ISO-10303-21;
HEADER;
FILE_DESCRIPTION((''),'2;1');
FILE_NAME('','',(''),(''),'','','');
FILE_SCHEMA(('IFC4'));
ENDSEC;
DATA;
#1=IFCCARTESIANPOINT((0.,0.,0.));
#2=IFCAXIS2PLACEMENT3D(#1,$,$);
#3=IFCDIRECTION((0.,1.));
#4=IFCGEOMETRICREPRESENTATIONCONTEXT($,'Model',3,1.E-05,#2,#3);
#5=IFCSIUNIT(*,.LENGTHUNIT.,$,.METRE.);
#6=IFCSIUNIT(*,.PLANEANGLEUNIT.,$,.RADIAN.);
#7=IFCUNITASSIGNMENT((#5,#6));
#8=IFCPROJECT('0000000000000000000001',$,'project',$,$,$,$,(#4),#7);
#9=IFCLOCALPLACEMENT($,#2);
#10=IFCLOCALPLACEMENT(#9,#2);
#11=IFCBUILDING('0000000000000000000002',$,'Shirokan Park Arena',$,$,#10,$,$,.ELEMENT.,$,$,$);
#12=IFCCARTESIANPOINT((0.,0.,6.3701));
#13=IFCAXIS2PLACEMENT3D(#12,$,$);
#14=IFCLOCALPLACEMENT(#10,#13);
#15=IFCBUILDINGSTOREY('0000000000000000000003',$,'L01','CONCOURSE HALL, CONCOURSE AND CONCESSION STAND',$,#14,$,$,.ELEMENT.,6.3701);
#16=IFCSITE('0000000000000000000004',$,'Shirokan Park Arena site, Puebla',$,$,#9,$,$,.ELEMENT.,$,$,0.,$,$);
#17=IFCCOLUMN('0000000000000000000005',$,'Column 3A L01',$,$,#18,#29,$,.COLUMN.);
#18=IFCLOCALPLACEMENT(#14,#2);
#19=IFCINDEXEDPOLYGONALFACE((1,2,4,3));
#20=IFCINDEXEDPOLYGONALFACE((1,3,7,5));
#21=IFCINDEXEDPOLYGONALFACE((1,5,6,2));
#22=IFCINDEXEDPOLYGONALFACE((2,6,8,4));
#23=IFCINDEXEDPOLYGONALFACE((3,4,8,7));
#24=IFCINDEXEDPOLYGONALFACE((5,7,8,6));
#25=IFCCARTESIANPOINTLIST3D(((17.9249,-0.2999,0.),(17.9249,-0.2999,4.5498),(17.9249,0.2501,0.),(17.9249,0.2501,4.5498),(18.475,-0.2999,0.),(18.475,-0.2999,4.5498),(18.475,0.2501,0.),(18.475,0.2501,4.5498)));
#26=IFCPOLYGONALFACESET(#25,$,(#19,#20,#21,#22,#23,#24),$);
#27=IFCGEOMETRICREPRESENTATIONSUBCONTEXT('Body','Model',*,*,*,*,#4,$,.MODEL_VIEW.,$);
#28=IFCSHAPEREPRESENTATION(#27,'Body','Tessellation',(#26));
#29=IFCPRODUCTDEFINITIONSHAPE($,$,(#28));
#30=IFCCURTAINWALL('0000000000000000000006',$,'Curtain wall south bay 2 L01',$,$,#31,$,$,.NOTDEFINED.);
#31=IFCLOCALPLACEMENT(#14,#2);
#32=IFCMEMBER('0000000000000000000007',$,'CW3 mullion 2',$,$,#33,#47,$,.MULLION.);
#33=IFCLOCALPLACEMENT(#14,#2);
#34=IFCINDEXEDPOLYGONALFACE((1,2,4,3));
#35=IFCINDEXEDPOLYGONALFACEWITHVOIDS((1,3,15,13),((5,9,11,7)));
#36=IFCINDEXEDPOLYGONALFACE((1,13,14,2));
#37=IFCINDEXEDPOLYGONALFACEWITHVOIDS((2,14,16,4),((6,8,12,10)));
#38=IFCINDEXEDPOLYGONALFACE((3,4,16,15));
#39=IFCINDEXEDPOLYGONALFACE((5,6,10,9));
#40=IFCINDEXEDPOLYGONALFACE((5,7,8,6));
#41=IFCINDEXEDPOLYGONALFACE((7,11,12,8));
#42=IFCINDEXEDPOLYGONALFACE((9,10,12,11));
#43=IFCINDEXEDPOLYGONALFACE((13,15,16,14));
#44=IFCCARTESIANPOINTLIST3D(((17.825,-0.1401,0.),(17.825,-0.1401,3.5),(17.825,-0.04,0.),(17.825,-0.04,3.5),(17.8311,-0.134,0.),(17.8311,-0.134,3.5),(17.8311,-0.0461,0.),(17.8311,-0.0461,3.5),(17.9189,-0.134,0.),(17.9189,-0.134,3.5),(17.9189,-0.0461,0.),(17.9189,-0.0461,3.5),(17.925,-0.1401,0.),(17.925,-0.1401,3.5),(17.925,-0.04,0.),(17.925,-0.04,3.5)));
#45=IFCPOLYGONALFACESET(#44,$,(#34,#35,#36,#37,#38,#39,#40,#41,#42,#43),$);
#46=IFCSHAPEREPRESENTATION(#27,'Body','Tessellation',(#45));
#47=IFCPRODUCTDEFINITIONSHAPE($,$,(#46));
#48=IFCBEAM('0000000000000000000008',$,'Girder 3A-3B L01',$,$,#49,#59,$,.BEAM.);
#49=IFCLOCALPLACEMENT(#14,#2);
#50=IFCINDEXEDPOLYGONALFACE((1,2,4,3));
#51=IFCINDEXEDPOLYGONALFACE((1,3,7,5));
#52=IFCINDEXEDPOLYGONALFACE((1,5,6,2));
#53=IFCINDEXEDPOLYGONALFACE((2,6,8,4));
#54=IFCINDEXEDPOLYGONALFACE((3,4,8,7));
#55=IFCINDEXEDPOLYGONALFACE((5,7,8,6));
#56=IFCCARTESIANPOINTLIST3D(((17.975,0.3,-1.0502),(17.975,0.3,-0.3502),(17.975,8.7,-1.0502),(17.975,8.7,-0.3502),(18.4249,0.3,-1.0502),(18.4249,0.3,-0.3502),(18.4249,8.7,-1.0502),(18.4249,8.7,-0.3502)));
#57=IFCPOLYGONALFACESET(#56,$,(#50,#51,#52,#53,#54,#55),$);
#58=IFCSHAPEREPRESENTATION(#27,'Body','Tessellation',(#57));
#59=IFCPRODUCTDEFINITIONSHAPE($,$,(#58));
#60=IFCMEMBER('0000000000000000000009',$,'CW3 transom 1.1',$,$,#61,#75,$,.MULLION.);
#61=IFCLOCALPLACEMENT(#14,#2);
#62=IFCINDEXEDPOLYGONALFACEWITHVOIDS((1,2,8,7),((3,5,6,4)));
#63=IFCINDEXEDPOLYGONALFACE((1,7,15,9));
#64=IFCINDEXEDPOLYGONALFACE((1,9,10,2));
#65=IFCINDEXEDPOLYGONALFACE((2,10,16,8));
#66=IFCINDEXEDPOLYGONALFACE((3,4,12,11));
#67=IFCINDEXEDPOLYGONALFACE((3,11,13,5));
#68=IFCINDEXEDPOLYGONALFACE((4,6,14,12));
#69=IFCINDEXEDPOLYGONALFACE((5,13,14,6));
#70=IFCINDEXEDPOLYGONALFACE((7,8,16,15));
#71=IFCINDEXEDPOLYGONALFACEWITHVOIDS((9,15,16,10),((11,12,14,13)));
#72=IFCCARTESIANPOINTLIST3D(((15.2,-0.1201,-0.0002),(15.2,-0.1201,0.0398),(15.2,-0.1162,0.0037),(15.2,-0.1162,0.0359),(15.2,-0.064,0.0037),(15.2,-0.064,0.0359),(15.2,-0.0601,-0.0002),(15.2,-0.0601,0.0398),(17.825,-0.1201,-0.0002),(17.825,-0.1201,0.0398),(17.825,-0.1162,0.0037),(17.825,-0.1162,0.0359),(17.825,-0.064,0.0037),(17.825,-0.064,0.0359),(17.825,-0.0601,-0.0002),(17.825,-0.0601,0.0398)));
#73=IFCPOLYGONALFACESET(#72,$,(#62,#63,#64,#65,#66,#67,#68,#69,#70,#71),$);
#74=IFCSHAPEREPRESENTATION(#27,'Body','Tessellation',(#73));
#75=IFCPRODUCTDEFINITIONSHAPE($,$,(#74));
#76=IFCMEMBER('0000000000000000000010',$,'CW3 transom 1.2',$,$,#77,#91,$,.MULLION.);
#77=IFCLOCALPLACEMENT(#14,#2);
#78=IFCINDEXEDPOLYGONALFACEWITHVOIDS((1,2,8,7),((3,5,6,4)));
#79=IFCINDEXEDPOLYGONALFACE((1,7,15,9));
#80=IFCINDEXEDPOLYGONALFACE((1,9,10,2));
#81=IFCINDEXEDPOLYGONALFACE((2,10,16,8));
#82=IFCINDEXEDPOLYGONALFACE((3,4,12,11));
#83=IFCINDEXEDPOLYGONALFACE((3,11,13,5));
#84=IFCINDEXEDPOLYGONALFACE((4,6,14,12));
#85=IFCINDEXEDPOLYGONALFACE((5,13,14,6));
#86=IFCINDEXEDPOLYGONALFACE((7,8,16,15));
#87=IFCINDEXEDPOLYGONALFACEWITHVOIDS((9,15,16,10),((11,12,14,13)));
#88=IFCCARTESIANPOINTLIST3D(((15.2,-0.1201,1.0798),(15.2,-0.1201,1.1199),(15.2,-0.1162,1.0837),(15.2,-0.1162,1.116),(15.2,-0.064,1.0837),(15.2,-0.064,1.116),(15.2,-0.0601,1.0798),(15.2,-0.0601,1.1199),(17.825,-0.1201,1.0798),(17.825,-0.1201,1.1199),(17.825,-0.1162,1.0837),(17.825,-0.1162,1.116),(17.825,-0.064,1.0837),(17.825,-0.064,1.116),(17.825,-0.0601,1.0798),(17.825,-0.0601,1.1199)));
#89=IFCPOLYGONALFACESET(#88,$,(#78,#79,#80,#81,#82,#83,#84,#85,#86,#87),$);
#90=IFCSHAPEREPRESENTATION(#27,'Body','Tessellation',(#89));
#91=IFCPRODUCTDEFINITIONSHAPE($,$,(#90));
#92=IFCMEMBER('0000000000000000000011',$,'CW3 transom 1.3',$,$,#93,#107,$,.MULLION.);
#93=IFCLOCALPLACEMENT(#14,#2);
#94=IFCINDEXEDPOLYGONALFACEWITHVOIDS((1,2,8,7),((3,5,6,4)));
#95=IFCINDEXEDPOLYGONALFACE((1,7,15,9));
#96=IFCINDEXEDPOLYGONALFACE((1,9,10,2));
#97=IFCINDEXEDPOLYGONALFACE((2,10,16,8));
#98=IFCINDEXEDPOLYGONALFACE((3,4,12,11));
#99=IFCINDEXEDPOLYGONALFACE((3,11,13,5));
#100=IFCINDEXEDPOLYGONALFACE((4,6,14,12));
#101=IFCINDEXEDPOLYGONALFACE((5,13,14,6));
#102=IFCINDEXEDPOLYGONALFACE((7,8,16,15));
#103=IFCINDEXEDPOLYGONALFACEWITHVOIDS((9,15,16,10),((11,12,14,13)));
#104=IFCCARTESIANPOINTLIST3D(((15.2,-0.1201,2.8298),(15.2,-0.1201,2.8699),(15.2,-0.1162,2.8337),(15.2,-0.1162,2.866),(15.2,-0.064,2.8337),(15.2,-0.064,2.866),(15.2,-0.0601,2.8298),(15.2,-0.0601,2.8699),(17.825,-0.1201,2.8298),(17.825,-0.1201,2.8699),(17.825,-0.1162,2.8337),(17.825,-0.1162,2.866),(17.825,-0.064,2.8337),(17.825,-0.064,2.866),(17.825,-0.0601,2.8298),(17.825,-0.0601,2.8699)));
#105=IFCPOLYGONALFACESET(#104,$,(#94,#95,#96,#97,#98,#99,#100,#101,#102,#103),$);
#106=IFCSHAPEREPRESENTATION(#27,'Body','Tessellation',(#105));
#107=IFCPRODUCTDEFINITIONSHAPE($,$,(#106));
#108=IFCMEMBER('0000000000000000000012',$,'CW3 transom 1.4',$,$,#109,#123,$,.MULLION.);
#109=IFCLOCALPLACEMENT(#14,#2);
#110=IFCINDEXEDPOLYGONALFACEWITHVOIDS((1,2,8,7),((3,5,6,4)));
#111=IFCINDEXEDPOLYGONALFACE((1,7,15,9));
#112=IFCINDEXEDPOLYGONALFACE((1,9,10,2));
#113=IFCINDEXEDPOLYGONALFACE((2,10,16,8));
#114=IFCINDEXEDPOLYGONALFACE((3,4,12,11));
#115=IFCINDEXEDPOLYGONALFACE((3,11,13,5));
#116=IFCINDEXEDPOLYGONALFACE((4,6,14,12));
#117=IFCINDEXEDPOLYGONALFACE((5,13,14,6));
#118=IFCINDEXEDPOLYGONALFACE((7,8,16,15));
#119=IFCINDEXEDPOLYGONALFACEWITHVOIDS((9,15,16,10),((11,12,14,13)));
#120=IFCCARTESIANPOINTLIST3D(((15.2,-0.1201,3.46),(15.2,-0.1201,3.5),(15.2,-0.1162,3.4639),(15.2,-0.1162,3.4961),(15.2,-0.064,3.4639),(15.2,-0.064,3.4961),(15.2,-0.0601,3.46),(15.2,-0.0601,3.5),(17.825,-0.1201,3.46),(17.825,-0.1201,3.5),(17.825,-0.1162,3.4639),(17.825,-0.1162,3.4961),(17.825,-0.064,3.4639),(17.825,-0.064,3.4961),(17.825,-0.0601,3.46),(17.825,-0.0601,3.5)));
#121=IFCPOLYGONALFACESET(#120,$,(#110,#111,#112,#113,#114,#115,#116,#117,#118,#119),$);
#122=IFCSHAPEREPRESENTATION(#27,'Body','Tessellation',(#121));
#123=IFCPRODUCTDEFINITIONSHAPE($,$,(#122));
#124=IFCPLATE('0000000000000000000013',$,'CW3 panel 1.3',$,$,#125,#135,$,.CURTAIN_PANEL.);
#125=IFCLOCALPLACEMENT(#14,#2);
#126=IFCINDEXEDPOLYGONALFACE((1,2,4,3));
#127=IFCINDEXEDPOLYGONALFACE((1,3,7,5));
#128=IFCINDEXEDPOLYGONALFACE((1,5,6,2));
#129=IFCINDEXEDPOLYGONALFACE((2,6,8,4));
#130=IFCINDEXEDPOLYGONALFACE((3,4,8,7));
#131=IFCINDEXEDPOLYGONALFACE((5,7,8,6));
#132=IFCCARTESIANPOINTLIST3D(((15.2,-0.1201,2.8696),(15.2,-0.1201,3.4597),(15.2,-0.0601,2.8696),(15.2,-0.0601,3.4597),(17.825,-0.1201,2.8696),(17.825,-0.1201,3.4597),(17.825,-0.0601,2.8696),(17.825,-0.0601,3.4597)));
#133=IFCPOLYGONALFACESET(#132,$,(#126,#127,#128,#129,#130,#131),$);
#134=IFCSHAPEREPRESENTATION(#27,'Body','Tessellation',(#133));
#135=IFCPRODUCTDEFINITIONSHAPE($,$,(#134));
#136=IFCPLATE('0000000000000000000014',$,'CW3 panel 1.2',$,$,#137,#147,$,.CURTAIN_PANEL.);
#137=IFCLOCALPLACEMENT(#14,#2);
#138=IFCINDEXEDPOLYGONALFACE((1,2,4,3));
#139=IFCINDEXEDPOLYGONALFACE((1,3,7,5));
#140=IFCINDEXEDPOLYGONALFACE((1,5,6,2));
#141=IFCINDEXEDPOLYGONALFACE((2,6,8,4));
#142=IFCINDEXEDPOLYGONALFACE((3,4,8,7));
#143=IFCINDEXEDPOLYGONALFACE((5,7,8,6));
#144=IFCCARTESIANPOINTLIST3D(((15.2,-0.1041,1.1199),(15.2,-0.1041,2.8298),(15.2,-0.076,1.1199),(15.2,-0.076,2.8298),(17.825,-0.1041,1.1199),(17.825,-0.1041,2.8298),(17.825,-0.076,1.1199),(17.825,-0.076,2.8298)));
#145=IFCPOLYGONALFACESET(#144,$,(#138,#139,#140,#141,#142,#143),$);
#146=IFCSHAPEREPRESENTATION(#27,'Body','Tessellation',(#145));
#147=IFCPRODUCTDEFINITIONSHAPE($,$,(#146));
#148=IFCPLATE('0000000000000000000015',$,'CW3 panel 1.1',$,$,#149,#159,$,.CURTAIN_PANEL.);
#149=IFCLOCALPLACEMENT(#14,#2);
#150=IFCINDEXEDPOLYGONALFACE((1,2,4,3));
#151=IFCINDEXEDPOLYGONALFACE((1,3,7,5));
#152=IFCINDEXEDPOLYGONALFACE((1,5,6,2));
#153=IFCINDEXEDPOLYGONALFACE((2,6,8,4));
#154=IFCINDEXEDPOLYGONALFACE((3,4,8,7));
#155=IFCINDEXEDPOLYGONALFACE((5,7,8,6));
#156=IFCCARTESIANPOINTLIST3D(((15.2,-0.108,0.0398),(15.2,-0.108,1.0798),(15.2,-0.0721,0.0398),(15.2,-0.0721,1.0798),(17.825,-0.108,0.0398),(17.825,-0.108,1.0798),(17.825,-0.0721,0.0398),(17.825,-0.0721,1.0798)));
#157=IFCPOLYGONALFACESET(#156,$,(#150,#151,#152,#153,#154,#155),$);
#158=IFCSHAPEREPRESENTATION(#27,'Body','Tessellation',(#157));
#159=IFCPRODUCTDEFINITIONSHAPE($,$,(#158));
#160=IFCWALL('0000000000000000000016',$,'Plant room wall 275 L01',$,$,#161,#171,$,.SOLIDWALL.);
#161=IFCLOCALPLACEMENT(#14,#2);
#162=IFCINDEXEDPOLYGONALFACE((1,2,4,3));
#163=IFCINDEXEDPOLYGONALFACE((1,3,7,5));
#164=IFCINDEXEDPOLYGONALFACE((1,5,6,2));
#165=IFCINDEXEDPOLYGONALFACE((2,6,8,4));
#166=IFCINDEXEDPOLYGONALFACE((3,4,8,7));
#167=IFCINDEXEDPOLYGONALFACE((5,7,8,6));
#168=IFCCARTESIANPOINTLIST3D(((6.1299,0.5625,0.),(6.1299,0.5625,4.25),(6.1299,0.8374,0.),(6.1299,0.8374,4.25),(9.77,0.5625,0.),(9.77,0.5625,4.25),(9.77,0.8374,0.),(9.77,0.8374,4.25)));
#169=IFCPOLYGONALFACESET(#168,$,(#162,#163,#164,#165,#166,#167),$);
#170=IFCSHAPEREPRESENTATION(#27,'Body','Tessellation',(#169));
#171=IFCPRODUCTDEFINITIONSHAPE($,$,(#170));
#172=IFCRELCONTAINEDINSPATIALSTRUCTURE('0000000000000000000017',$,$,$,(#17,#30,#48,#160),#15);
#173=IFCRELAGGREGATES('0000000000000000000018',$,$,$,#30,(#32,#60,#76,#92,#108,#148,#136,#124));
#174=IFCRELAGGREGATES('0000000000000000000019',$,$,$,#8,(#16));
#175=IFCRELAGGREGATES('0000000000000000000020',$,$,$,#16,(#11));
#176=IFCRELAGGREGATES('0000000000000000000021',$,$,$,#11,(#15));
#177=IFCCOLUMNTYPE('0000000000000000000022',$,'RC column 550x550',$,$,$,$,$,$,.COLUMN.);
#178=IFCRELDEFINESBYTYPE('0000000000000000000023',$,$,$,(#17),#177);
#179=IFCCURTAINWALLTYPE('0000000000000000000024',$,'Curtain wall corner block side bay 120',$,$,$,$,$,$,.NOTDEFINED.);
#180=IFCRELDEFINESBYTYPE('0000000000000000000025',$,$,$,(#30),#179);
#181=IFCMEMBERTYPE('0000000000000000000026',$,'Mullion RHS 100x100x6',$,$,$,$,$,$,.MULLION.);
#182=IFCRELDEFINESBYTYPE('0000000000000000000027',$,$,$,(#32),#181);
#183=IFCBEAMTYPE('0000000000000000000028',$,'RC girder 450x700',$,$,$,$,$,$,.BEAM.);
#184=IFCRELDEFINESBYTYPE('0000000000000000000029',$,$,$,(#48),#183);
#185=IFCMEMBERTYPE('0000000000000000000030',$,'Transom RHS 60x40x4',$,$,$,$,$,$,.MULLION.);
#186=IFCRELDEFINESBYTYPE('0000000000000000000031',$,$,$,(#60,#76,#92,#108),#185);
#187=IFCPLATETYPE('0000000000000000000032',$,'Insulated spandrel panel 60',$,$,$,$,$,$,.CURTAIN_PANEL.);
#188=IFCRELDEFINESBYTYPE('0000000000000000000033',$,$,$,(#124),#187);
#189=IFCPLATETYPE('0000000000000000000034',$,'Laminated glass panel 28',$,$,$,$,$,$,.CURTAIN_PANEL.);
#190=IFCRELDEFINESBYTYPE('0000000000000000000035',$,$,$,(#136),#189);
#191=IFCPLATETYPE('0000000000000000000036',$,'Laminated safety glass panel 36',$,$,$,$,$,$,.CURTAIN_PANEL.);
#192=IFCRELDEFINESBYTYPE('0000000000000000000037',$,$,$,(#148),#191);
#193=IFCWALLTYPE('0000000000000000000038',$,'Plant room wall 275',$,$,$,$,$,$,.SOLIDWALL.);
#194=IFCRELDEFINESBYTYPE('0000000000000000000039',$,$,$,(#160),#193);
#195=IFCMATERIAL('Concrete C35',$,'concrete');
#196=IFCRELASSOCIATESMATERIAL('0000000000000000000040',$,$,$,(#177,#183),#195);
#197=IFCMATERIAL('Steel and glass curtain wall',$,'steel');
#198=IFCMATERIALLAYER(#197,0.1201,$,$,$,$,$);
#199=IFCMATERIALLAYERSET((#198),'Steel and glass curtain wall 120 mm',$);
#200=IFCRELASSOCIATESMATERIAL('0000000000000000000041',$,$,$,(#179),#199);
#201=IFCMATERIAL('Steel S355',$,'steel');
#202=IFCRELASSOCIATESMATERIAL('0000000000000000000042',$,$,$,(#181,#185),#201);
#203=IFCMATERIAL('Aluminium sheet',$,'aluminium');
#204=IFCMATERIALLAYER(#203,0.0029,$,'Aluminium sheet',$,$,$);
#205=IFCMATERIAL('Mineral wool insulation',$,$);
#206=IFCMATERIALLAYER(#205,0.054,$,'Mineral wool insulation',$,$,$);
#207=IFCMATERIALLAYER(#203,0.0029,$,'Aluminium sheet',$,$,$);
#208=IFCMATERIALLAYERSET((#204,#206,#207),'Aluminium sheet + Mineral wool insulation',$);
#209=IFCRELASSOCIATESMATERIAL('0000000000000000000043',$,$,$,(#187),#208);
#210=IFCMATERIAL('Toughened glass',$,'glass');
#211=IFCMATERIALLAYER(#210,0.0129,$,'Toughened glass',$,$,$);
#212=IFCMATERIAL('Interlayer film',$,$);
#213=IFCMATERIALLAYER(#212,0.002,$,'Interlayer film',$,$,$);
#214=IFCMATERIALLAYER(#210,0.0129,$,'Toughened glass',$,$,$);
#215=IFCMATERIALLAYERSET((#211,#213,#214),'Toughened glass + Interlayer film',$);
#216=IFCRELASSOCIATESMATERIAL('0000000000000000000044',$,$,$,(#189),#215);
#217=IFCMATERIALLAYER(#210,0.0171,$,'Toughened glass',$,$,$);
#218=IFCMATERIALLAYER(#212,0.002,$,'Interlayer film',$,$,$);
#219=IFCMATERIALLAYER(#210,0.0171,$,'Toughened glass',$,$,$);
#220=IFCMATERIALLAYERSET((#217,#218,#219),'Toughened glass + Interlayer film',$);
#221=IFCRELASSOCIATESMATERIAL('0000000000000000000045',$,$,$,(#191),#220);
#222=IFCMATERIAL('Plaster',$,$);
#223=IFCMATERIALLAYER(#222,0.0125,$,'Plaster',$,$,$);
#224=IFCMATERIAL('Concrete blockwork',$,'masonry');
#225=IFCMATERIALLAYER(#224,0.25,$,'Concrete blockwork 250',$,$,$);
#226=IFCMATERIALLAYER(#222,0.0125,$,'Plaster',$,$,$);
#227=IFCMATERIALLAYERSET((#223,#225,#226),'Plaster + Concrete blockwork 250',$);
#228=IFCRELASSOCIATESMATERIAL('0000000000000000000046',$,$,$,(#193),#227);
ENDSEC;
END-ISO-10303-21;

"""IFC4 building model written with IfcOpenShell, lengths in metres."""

from ifc_helpers import new_model, si_unit, direction, frame, frame_2d, origin, origin_2d, place, context, subcontext, project, spatial, rectangle, hollow_rectangle, extrude, material, layer, layer_set, material_profile, profile_set, type_object, element, aggregate, save


model = new_model("IFC4")

# Units and contexts
model_context = context("Model", 3, precision=1e-05, world=origin(), true_north=direction((0.0, 1.0)))
body_context = subcontext(model_context, "Body", "Model", "MODEL_VIEW")
ifc_project = project(units=[si_unit("LENGTHUNIT", "METRE"), si_unit("PLANEANGLEUNIT", "RADIAN")], contexts=[model_context])

# Site, building, storey
site_placement = place(None, origin())
site = spatial("IfcSite", under=ifc_project, at=site_placement, Name="Shirokan Park Arena site, Puebla", CompositionType="ELEMENT", RefElevation=0.0)
building_placement = place(site_placement, origin())
building = spatial("IfcBuilding", under=site, at=building_placement, Name="Shirokan Park Arena", CompositionType="ELEMENT")
storey_placement = place(building_placement, frame((0.0, 0.0, 6.3701)))
storey = spatial("IfcBuildingStorey", under=building, at=storey_placement, Name="L01", Description="CONCOURSE HALL, CONCOURSE AND CONCESSION STAND", CompositionType="ELEMENT", Elevation=6.3701)

# Column
ifc_material_1 = material(Name="Concrete C35", Category="concrete")
ifc_material_profile_1 = material_profile(ifc_material_1, rectangle(XDim=0.55, YDim=0.55, at=origin_2d()), Name="550x550")
ifc_profile_set_1 = profile_set([ifc_material_profile_1], Name="Concrete C35")
column_type = type_object("IfcColumnType", Name="RC column 550x550", PredefinedType="COLUMN", material=ifc_profile_set_1)
column_placement = place(storey_placement, frame((18.2, -0.0249, 0.0), z_axis=(0.0, 0.0, 1.0), x_axis=(1.0, 0.0, 0.0)))
element("IfcColumn", 1, at=column_placement, inside=storey, type_object=column_type, Name="Column 3A L01", PredefinedType="COLUMN", context=body_context, shape_type="SweptSolid", body=[
    extrude(rectangle(XDim=0.55, YDim=0.55, at=origin_2d()), origin(), (0.0, 0.0, 1.0), 4.5498),
])

# Curtain wall, member
ifc_material_2 = material(Name="Steel and glass curtain wall", Category="steel")
ifc_layer_1 = layer(ifc_material_2, 0.1201)
ifc_layer_set_1 = layer_set([ifc_layer_1], Name="Steel and glass curtain wall 120 mm")
curtain_wall_type = type_object("IfcCurtainWallType", Name="Curtain wall corner block side bay 120", PredefinedType="NOTDEFINED", material=ifc_layer_set_1)
curtain_wall_placement = place(storey_placement, origin())
curtain_wall = element("IfcCurtainWall", 2, at=curtain_wall_placement, inside=storey, type_object=curtain_wall_type, Name="Curtain wall south bay 2 L01", PredefinedType="NOTDEFINED")
ifc_material_3 = material(Name="Steel S355", Category="steel")
ifc_material_profile_2 = material_profile(ifc_material_3, hollow_rectangle(XDim=0.1001, YDim=0.1001, WallThickness=0.0061, at=origin_2d()), Name="RHS 100x100x6")
ifc_profile_set_2 = profile_set([ifc_material_profile_2], Name="Steel S355")
member_type_1 = type_object("IfcMemberType", Name="Mullion RHS 100x100x6", PredefinedType="MULLION", material=ifc_profile_set_2)
member_1_placement = place(storey_placement, frame((17.875, -0.0901, 0.0), z_axis=(0.0, 0.0, 1.0), x_axis=(0.0, 1.0, 0.0)))
member_1 = element("IfcMember", 3, at=member_1_placement, type_object=member_type_1, Name="CW3 mullion 2", PredefinedType="MULLION", context=body_context, shape_type="SweptSolid", body=[
    extrude(hollow_rectangle(XDim=0.1001, YDim=0.1001, WallThickness=0.0061, at=origin_2d()), origin(), (0.0, 0.0, 1.0), 3.5),
])

# Beam
ifc_material_profile_3 = material_profile(ifc_material_1, rectangle(XDim=0.45, YDim=0.7, at=origin_2d()), Name="450x700")
ifc_profile_set_3 = profile_set([ifc_material_profile_3], Name="Concrete C35")
beam_type = type_object("IfcBeamType", Name="RC girder 450x700", PredefinedType="BEAM", material=ifc_profile_set_3)
beam_placement = place(storey_placement, frame((18.2, 0.3, -0.7002), z_axis=(0.0, 1.0, 0.0), x_axis=(-1.0, 0.0, 0.0)))
element("IfcBeam", 4, at=beam_placement, inside=storey, type_object=beam_type, Name="Girder 3A-3B L01", PredefinedType="BEAM", context=body_context, shape_type="SweptSolid", body=[
    extrude(rectangle(XDim=0.45, YDim=0.7, at=origin_2d()), origin(), (0.0, 0.0, 1.0), 8.3999),
])

# Members
ifc_material_profile_4 = material_profile(ifc_material_3, hollow_rectangle(XDim=0.0601, YDim=0.04, WallThickness=0.0039, at=origin_2d()), Name="RHS 60x40x4")
ifc_profile_set_4 = profile_set([ifc_material_profile_4], Name="Steel S355")
member_type_2 = type_object("IfcMemberType", Name="Transom RHS 60x40x4", PredefinedType="MULLION", material=ifc_profile_set_4)
member_2_placement = place(storey_placement, frame((15.2, -0.0901, 0.0198), z_axis=(1.0, 0.0, 0.0), x_axis=(0.0, 1.0, 0.0)))
member_2 = element("IfcMember", 5, at=member_2_placement, type_object=member_type_2, Name="CW3 transom 1.1", PredefinedType="MULLION", context=body_context, shape_type="SweptSolid", body=[
    extrude(hollow_rectangle(XDim=0.0601, YDim=0.04, WallThickness=0.0039, at=origin_2d()), origin(), (0.0, 0.0, 1.0), 2.625),
])
member_3_placement = place(storey_placement, frame((15.2, -0.0901, 1.0999), z_axis=(1.0, 0.0, 0.0), x_axis=(0.0, 1.0, 0.0)))
member_3 = element("IfcMember", 6, at=member_3_placement, type_object=member_type_2, Name="CW3 transom 1.2", PredefinedType="MULLION", context=body_context, shape_type="SweptSolid", body=[
    extrude(hollow_rectangle(XDim=0.0601, YDim=0.04, WallThickness=0.0039, at=origin_2d()), origin(), (0.0, 0.0, 1.0), 2.625),
])
member_4_placement = place(storey_placement, frame((15.2, -0.0901, 2.8499), z_axis=(1.0, 0.0, 0.0), x_axis=(0.0, 1.0, 0.0)))
member_4 = element("IfcMember", 7, at=member_4_placement, type_object=member_type_2, Name="CW3 transom 1.3", PredefinedType="MULLION", context=body_context, shape_type="SweptSolid", body=[
    extrude(hollow_rectangle(XDim=0.0601, YDim=0.04, WallThickness=0.0039, at=origin_2d()), origin(), (0.0, 0.0, 1.0), 2.625),
])
member_5_placement = place(storey_placement, frame((15.2, -0.0901, 3.48), z_axis=(1.0, 0.0, 0.0), x_axis=(0.0, 1.0, 0.0)))
member_5 = element("IfcMember", 8, at=member_5_placement, type_object=member_type_2, Name="CW3 transom 1.4", PredefinedType="MULLION", context=body_context, shape_type="SweptSolid", body=[
    extrude(hollow_rectangle(XDim=0.0601, YDim=0.04, WallThickness=0.0039, at=origin_2d()), origin(), (0.0, 0.0, 1.0), 2.625),
])

# Plates
ifc_material_4 = material(Name="Aluminium sheet", Category="aluminium")
ifc_layer_2 = layer(ifc_material_4, 0.0029, Name="Aluminium sheet")
ifc_material_5 = material(Name="Mineral wool insulation")
ifc_layer_3 = layer(ifc_material_5, 0.054, Name="Mineral wool insulation")
ifc_layer_4 = layer(ifc_material_4, 0.0029, Name="Aluminium sheet")
ifc_layer_set_2 = layer_set([ifc_layer_2, ifc_layer_3, ifc_layer_4], Name="Aluminium sheet + Mineral wool insulation")
plate_type_1 = type_object("IfcPlateType", Name="Insulated spandrel panel 60", PredefinedType="CURTAIN_PANEL", material=ifc_layer_set_2)
plate_1_placement = place(storey_placement, frame((16.5125, -0.0901, 2.8696), z_axis=(0.0, 0.0, 1.0), x_axis=(1.0, 0.0, 0.0)))
plate_1 = element("IfcPlate", 9, at=plate_1_placement, type_object=plate_type_1, Name="CW3 panel 1.3", PredefinedType="CURTAIN_PANEL", context=body_context, shape_type="SweptSolid", body=[
    extrude(rectangle(XDim=2.625, YDim=0.0601, at=origin_2d()), origin(), (0.0, 0.0, 1.0), 0.5901),
])
ifc_material_6 = material(Name="Toughened glass", Category="glass")
ifc_layer_5 = layer(ifc_material_6, 0.0129, Name="Toughened glass")
ifc_material_7 = material(Name="Interlayer film")
ifc_layer_6 = layer(ifc_material_7, 0.002, Name="Interlayer film")
ifc_layer_7 = layer(ifc_material_6, 0.0129, Name="Toughened glass")
ifc_layer_set_3 = layer_set([ifc_layer_5, ifc_layer_6, ifc_layer_7], Name="Toughened glass + Interlayer film")
plate_type_2 = type_object("IfcPlateType", Name="Laminated glass panel 28", PredefinedType="CURTAIN_PANEL", material=ifc_layer_set_3)
plate_2_placement = place(storey_placement, frame((16.5125, -0.0901, 1.1199), z_axis=(0.0, 0.0, 1.0), x_axis=(1.0, 0.0, 0.0)))
plate_2 = element("IfcPlate", 10, at=plate_2_placement, type_object=plate_type_2, Name="CW3 panel 1.2", PredefinedType="CURTAIN_PANEL", context=body_context, shape_type="SweptSolid", body=[
    extrude(rectangle(XDim=2.625, YDim=0.0281, at=origin_2d()), origin(), (0.0, 0.0, 1.0), 1.71),
])
ifc_layer_8 = layer(ifc_material_6, 0.0171, Name="Toughened glass")
ifc_layer_9 = layer(ifc_material_7, 0.002, Name="Interlayer film")
ifc_layer_10 = layer(ifc_material_6, 0.0171, Name="Toughened glass")
ifc_layer_set_4 = layer_set([ifc_layer_8, ifc_layer_9, ifc_layer_10], Name="Toughened glass + Interlayer film")
plate_type_3 = type_object("IfcPlateType", Name="Laminated safety glass panel 36", PredefinedType="CURTAIN_PANEL", material=ifc_layer_set_4)
plate_3_placement = place(storey_placement, frame((16.5125, -0.0901, 0.0398), z_axis=(0.0, 0.0, 1.0), x_axis=(1.0, 0.0, 0.0)))
plate_3 = element("IfcPlate", 11, at=plate_3_placement, type_object=plate_type_3, Name="CW3 panel 1.1", PredefinedType="CURTAIN_PANEL", context=body_context, shape_type="SweptSolid", body=[
    extrude(rectangle(XDim=2.625, YDim=0.0359, at=origin_2d()), origin(), (0.0, 0.0, 1.0), 1.04),
])
aggregate(curtain_wall, [member_1, member_2, member_3, member_4, member_5, plate_3, plate_2, plate_1])

# Wall
ifc_material_8 = material(Name="Plaster")
ifc_layer_11 = layer(ifc_material_8, 0.0125, Name="Plaster")
ifc_material_9 = material(Name="Concrete blockwork", Category="masonry")
ifc_layer_12 = layer(ifc_material_9, 0.25, Name="Concrete blockwork 250")
ifc_layer_13 = layer(ifc_material_8, 0.0125, Name="Plaster")
ifc_layer_set_5 = layer_set([ifc_layer_11, ifc_layer_12, ifc_layer_13], Name="Plaster + Concrete blockwork 250")
wall_type_1 = type_object("IfcWallType", Name="Plant room wall 275", PredefinedType="SOLIDWALL", material=ifc_layer_set_5)
wall_1_placement = place(storey_placement, frame((9.77, 0.7, 0.0), z_axis=(0.0, 0.0, 1.0), x_axis=(-1.0, 0.0, 0.0)))
element("IfcWall", 12, at=wall_1_placement, inside=storey, type_object=wall_type_1, Name="Plant room wall 275 L01", PredefinedType="SOLIDWALL", context=body_context, shape_type="SweptSolid", body=[
    extrude(rectangle(XDim=3.6401, YDim=0.2749, at=frame_2d((1.8201, 0.0))), origin(), (0.0, 0.0, 1.0), 4.25),
])

save(model, "model.ifc")
